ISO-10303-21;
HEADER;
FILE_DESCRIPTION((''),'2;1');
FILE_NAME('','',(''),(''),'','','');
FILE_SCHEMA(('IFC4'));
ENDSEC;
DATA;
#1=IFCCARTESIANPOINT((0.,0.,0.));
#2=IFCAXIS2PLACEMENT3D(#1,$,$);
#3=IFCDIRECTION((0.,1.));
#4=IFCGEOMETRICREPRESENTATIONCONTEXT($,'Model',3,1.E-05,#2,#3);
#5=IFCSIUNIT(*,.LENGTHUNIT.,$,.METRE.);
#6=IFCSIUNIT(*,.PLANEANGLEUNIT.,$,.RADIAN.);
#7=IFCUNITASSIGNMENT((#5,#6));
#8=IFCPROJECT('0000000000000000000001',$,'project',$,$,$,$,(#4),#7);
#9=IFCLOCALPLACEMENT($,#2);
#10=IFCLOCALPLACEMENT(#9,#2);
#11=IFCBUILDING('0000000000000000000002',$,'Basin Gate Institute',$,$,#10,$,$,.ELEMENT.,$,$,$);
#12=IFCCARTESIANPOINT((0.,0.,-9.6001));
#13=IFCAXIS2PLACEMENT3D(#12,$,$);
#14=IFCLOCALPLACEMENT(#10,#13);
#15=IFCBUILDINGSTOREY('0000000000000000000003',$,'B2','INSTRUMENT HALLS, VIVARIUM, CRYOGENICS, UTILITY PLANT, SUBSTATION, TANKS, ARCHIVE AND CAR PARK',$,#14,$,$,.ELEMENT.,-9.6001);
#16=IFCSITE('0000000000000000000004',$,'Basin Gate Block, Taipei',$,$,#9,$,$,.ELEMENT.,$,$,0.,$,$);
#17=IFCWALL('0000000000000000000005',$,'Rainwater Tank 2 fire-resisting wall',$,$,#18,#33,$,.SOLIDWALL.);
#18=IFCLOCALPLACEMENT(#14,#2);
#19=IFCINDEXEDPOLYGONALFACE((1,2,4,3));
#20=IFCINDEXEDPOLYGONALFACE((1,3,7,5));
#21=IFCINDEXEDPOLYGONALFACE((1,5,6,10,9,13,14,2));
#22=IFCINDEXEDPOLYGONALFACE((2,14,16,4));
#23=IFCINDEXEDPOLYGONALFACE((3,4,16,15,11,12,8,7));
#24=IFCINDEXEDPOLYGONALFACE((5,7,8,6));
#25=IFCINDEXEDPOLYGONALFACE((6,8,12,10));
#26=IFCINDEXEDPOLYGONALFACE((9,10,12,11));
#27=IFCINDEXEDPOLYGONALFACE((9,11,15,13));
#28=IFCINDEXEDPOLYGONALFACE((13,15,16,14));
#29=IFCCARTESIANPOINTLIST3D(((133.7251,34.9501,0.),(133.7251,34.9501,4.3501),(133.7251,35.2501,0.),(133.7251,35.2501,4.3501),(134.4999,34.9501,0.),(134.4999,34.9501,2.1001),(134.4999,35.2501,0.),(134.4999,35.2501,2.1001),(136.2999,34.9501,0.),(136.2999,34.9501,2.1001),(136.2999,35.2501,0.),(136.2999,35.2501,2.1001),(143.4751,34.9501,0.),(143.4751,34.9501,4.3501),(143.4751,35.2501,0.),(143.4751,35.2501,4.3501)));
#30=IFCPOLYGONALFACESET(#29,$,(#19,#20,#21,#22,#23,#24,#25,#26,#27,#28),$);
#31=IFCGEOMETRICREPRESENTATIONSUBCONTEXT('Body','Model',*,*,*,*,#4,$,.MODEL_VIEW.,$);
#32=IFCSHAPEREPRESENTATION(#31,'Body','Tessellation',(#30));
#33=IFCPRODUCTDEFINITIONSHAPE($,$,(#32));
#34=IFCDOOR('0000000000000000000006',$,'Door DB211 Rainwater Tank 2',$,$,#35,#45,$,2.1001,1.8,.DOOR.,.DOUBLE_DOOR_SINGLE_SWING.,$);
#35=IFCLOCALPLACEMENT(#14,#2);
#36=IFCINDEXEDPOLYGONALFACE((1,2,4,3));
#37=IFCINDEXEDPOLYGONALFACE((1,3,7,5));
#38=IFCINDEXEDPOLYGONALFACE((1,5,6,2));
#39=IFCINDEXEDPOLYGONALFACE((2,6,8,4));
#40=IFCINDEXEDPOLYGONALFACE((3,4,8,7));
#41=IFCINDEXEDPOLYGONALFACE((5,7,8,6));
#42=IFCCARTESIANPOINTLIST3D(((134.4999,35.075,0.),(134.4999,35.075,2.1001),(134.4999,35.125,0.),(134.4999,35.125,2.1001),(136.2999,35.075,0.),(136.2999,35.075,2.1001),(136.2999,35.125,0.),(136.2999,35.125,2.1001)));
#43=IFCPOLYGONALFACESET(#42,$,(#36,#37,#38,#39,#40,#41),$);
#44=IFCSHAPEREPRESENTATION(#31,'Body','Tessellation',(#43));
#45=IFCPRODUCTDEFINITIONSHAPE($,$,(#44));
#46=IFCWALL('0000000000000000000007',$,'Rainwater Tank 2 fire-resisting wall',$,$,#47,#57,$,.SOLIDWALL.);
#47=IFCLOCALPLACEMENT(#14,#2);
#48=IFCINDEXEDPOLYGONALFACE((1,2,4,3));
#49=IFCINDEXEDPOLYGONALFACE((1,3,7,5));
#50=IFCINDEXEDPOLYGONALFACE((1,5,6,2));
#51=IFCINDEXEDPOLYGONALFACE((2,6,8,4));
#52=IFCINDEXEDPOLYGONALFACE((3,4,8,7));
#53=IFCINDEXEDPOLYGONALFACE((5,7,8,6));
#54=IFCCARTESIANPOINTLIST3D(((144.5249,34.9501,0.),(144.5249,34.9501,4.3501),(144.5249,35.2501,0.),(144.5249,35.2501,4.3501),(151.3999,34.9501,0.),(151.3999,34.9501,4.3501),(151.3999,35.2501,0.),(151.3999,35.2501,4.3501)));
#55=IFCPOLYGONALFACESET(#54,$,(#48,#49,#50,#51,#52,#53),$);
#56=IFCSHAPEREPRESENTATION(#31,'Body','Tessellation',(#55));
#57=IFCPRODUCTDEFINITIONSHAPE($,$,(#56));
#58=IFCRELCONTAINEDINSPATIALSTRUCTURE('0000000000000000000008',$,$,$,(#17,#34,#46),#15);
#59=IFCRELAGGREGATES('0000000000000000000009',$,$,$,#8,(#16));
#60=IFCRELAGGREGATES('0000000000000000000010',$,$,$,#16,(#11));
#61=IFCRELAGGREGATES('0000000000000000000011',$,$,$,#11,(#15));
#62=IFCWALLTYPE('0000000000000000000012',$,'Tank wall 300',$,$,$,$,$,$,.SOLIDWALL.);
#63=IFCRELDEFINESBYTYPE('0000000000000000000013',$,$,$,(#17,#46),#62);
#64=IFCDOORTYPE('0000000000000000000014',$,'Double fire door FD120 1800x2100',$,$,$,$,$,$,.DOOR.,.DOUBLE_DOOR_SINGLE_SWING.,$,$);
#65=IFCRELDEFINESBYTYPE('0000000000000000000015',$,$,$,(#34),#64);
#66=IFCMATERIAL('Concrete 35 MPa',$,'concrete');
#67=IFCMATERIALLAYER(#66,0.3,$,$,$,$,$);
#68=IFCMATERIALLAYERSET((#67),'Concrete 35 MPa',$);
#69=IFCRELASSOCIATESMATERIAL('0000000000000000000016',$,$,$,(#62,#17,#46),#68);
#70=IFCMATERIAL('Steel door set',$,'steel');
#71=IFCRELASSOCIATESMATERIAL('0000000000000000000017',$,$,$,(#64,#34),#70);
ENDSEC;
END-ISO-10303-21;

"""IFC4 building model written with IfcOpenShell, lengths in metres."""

from ifc_helpers import new_model, si_unit, direction, frame, frame_2d, origin, place, context, subcontext, project, spatial, rectangle, extrude, material, layer, layer_set, type_object, element, fill, save


model = new_model("IFC4")

# Units and contexts
model_context = context("Model", 3, precision=1e-05, world=origin(), true_north=direction((0.0, 1.0)))
body_context = subcontext(model_context, "Body", "Model", "MODEL_VIEW")
ifc_project = project(units=[si_unit("LENGTHUNIT", "METRE"), si_unit("PLANEANGLEUNIT", "RADIAN")], contexts=[model_context])

# Site, building, storey
site_placement = place(None, origin())
site = spatial("IfcSite", under=ifc_project, at=site_placement, Name="Basin Gate Block, Taipei", CompositionType="ELEMENT", RefElevation=0.0)
building_placement = place(site_placement, origin())
building = spatial("IfcBuilding", under=site, at=building_placement, Name="Basin Gate Institute", CompositionType="ELEMENT")
storey_placement = place(building_placement, frame((0.0, 0.0, -9.6001)))
storey = spatial("IfcBuildingStorey", under=building, at=storey_placement, Name="B2", Description="INSTRUMENT HALLS, VIVARIUM, CRYOGENICS, UTILITY PLANT, SUBSTATION, TANKS, ARCHIVE AND CAR PARK", CompositionType="ELEMENT", Elevation=-9.6001)

# Wall, opening, door
ifc_material_1 = material(Name="Concrete 35 MPa", Category="concrete")
ifc_layer = layer(ifc_material_1, 0.3)
ifc_layer_set = layer_set([ifc_layer], Name="Concrete 35 MPa")
wall_type = type_object("IfcWallType", Name="Tank wall 300", PredefinedType="SOLIDWALL", material=ifc_layer_set)
wall_1_placement = place(storey_placement, frame((133.7251, 35.1001, 0.0), z_axis=(0.0, 0.0, 1.0), x_axis=(1.0, 0.0, 0.0)))
wall_1 = element("IfcWall", 1, at=wall_1_placement, inside=storey, type_object=wall_type, material=ifc_layer_set, Name="Rainwater Tank 2 fire-resisting wall", PredefinedType="SOLIDWALL", context=body_context, shape_type="SweptSolid", body=[
    extrude(rectangle(XDim=9.75, YDim=0.3, at=frame_2d((4.875, 0.0))), origin(), (0.0, 0.0, 1.0), 4.3501),
])
opening_placement = place(wall_1_placement, frame((0.7749, 0.0, 0.0)))
opening = element("IfcOpeningElement", 2, at=opening_placement, cuts=wall_1, PredefinedType="OPENING", context=body_context, shape_type="SweptSolid", body=[
    extrude(rectangle(XDim=1.8, YDim=2.1001, at=frame_2d((0.8999, 1.05))), frame((0.0, 0.1602, 0.0), z_axis=(0.0, -1.0, 0.0), x_axis=(1.0, 0.0, 0.0)), (0.0, 0.0, 1.0), 0.3201),
])
ifc_material_2 = material(Name="Steel door set", Category="steel")
door_type = type_object("IfcDoorType", Name="Double fire door FD120 1800x2100", OperationType="DOUBLE_DOOR_SINGLE_SWING", PredefinedType="DOOR", material=ifc_material_2)
door_placement = place(opening_placement, origin())
door = element("IfcDoor", 3, at=door_placement, inside=storey, type_object=door_type, material=ifc_material_2, Name="Door DB211 Rainwater Tank 2", OperationType="DOUBLE_DOOR_SINGLE_SWING", OverallHeight=2.1001, OverallWidth=1.8, PredefinedType="DOOR", context=body_context, shape_type="SweptSolid", body=[
    extrude(rectangle(XDim=1.8, YDim=2.1001, at=frame_2d((0.8999, 1.05))), frame((0.0, 0.0249, 0.0), z_axis=(0.0, -1.0, 0.0), x_axis=(1.0, 0.0, 0.0)), (0.0, 0.0, 1.0), 0.05),
])
fill(opening, door)

# Wall
wall_2_placement = place(storey_placement, frame((144.5249, 35.1001, 0.0), z_axis=(0.0, 0.0, 1.0), x_axis=(1.0, 0.0, 0.0)))
element("IfcWall", 4, at=wall_2_placement, inside=storey, type_object=wall_type, material=ifc_layer_set, Name="Rainwater Tank 2 fire-resisting wall", PredefinedType="SOLIDWALL", context=body_context, shape_type="SweptSolid", body=[
    extrude(rectangle(XDim=6.875, YDim=0.3, at=frame_2d((3.4375, 0.0))), origin(), (0.0, 0.0, 1.0), 4.3501),
])

save(model, "model.ifc")
